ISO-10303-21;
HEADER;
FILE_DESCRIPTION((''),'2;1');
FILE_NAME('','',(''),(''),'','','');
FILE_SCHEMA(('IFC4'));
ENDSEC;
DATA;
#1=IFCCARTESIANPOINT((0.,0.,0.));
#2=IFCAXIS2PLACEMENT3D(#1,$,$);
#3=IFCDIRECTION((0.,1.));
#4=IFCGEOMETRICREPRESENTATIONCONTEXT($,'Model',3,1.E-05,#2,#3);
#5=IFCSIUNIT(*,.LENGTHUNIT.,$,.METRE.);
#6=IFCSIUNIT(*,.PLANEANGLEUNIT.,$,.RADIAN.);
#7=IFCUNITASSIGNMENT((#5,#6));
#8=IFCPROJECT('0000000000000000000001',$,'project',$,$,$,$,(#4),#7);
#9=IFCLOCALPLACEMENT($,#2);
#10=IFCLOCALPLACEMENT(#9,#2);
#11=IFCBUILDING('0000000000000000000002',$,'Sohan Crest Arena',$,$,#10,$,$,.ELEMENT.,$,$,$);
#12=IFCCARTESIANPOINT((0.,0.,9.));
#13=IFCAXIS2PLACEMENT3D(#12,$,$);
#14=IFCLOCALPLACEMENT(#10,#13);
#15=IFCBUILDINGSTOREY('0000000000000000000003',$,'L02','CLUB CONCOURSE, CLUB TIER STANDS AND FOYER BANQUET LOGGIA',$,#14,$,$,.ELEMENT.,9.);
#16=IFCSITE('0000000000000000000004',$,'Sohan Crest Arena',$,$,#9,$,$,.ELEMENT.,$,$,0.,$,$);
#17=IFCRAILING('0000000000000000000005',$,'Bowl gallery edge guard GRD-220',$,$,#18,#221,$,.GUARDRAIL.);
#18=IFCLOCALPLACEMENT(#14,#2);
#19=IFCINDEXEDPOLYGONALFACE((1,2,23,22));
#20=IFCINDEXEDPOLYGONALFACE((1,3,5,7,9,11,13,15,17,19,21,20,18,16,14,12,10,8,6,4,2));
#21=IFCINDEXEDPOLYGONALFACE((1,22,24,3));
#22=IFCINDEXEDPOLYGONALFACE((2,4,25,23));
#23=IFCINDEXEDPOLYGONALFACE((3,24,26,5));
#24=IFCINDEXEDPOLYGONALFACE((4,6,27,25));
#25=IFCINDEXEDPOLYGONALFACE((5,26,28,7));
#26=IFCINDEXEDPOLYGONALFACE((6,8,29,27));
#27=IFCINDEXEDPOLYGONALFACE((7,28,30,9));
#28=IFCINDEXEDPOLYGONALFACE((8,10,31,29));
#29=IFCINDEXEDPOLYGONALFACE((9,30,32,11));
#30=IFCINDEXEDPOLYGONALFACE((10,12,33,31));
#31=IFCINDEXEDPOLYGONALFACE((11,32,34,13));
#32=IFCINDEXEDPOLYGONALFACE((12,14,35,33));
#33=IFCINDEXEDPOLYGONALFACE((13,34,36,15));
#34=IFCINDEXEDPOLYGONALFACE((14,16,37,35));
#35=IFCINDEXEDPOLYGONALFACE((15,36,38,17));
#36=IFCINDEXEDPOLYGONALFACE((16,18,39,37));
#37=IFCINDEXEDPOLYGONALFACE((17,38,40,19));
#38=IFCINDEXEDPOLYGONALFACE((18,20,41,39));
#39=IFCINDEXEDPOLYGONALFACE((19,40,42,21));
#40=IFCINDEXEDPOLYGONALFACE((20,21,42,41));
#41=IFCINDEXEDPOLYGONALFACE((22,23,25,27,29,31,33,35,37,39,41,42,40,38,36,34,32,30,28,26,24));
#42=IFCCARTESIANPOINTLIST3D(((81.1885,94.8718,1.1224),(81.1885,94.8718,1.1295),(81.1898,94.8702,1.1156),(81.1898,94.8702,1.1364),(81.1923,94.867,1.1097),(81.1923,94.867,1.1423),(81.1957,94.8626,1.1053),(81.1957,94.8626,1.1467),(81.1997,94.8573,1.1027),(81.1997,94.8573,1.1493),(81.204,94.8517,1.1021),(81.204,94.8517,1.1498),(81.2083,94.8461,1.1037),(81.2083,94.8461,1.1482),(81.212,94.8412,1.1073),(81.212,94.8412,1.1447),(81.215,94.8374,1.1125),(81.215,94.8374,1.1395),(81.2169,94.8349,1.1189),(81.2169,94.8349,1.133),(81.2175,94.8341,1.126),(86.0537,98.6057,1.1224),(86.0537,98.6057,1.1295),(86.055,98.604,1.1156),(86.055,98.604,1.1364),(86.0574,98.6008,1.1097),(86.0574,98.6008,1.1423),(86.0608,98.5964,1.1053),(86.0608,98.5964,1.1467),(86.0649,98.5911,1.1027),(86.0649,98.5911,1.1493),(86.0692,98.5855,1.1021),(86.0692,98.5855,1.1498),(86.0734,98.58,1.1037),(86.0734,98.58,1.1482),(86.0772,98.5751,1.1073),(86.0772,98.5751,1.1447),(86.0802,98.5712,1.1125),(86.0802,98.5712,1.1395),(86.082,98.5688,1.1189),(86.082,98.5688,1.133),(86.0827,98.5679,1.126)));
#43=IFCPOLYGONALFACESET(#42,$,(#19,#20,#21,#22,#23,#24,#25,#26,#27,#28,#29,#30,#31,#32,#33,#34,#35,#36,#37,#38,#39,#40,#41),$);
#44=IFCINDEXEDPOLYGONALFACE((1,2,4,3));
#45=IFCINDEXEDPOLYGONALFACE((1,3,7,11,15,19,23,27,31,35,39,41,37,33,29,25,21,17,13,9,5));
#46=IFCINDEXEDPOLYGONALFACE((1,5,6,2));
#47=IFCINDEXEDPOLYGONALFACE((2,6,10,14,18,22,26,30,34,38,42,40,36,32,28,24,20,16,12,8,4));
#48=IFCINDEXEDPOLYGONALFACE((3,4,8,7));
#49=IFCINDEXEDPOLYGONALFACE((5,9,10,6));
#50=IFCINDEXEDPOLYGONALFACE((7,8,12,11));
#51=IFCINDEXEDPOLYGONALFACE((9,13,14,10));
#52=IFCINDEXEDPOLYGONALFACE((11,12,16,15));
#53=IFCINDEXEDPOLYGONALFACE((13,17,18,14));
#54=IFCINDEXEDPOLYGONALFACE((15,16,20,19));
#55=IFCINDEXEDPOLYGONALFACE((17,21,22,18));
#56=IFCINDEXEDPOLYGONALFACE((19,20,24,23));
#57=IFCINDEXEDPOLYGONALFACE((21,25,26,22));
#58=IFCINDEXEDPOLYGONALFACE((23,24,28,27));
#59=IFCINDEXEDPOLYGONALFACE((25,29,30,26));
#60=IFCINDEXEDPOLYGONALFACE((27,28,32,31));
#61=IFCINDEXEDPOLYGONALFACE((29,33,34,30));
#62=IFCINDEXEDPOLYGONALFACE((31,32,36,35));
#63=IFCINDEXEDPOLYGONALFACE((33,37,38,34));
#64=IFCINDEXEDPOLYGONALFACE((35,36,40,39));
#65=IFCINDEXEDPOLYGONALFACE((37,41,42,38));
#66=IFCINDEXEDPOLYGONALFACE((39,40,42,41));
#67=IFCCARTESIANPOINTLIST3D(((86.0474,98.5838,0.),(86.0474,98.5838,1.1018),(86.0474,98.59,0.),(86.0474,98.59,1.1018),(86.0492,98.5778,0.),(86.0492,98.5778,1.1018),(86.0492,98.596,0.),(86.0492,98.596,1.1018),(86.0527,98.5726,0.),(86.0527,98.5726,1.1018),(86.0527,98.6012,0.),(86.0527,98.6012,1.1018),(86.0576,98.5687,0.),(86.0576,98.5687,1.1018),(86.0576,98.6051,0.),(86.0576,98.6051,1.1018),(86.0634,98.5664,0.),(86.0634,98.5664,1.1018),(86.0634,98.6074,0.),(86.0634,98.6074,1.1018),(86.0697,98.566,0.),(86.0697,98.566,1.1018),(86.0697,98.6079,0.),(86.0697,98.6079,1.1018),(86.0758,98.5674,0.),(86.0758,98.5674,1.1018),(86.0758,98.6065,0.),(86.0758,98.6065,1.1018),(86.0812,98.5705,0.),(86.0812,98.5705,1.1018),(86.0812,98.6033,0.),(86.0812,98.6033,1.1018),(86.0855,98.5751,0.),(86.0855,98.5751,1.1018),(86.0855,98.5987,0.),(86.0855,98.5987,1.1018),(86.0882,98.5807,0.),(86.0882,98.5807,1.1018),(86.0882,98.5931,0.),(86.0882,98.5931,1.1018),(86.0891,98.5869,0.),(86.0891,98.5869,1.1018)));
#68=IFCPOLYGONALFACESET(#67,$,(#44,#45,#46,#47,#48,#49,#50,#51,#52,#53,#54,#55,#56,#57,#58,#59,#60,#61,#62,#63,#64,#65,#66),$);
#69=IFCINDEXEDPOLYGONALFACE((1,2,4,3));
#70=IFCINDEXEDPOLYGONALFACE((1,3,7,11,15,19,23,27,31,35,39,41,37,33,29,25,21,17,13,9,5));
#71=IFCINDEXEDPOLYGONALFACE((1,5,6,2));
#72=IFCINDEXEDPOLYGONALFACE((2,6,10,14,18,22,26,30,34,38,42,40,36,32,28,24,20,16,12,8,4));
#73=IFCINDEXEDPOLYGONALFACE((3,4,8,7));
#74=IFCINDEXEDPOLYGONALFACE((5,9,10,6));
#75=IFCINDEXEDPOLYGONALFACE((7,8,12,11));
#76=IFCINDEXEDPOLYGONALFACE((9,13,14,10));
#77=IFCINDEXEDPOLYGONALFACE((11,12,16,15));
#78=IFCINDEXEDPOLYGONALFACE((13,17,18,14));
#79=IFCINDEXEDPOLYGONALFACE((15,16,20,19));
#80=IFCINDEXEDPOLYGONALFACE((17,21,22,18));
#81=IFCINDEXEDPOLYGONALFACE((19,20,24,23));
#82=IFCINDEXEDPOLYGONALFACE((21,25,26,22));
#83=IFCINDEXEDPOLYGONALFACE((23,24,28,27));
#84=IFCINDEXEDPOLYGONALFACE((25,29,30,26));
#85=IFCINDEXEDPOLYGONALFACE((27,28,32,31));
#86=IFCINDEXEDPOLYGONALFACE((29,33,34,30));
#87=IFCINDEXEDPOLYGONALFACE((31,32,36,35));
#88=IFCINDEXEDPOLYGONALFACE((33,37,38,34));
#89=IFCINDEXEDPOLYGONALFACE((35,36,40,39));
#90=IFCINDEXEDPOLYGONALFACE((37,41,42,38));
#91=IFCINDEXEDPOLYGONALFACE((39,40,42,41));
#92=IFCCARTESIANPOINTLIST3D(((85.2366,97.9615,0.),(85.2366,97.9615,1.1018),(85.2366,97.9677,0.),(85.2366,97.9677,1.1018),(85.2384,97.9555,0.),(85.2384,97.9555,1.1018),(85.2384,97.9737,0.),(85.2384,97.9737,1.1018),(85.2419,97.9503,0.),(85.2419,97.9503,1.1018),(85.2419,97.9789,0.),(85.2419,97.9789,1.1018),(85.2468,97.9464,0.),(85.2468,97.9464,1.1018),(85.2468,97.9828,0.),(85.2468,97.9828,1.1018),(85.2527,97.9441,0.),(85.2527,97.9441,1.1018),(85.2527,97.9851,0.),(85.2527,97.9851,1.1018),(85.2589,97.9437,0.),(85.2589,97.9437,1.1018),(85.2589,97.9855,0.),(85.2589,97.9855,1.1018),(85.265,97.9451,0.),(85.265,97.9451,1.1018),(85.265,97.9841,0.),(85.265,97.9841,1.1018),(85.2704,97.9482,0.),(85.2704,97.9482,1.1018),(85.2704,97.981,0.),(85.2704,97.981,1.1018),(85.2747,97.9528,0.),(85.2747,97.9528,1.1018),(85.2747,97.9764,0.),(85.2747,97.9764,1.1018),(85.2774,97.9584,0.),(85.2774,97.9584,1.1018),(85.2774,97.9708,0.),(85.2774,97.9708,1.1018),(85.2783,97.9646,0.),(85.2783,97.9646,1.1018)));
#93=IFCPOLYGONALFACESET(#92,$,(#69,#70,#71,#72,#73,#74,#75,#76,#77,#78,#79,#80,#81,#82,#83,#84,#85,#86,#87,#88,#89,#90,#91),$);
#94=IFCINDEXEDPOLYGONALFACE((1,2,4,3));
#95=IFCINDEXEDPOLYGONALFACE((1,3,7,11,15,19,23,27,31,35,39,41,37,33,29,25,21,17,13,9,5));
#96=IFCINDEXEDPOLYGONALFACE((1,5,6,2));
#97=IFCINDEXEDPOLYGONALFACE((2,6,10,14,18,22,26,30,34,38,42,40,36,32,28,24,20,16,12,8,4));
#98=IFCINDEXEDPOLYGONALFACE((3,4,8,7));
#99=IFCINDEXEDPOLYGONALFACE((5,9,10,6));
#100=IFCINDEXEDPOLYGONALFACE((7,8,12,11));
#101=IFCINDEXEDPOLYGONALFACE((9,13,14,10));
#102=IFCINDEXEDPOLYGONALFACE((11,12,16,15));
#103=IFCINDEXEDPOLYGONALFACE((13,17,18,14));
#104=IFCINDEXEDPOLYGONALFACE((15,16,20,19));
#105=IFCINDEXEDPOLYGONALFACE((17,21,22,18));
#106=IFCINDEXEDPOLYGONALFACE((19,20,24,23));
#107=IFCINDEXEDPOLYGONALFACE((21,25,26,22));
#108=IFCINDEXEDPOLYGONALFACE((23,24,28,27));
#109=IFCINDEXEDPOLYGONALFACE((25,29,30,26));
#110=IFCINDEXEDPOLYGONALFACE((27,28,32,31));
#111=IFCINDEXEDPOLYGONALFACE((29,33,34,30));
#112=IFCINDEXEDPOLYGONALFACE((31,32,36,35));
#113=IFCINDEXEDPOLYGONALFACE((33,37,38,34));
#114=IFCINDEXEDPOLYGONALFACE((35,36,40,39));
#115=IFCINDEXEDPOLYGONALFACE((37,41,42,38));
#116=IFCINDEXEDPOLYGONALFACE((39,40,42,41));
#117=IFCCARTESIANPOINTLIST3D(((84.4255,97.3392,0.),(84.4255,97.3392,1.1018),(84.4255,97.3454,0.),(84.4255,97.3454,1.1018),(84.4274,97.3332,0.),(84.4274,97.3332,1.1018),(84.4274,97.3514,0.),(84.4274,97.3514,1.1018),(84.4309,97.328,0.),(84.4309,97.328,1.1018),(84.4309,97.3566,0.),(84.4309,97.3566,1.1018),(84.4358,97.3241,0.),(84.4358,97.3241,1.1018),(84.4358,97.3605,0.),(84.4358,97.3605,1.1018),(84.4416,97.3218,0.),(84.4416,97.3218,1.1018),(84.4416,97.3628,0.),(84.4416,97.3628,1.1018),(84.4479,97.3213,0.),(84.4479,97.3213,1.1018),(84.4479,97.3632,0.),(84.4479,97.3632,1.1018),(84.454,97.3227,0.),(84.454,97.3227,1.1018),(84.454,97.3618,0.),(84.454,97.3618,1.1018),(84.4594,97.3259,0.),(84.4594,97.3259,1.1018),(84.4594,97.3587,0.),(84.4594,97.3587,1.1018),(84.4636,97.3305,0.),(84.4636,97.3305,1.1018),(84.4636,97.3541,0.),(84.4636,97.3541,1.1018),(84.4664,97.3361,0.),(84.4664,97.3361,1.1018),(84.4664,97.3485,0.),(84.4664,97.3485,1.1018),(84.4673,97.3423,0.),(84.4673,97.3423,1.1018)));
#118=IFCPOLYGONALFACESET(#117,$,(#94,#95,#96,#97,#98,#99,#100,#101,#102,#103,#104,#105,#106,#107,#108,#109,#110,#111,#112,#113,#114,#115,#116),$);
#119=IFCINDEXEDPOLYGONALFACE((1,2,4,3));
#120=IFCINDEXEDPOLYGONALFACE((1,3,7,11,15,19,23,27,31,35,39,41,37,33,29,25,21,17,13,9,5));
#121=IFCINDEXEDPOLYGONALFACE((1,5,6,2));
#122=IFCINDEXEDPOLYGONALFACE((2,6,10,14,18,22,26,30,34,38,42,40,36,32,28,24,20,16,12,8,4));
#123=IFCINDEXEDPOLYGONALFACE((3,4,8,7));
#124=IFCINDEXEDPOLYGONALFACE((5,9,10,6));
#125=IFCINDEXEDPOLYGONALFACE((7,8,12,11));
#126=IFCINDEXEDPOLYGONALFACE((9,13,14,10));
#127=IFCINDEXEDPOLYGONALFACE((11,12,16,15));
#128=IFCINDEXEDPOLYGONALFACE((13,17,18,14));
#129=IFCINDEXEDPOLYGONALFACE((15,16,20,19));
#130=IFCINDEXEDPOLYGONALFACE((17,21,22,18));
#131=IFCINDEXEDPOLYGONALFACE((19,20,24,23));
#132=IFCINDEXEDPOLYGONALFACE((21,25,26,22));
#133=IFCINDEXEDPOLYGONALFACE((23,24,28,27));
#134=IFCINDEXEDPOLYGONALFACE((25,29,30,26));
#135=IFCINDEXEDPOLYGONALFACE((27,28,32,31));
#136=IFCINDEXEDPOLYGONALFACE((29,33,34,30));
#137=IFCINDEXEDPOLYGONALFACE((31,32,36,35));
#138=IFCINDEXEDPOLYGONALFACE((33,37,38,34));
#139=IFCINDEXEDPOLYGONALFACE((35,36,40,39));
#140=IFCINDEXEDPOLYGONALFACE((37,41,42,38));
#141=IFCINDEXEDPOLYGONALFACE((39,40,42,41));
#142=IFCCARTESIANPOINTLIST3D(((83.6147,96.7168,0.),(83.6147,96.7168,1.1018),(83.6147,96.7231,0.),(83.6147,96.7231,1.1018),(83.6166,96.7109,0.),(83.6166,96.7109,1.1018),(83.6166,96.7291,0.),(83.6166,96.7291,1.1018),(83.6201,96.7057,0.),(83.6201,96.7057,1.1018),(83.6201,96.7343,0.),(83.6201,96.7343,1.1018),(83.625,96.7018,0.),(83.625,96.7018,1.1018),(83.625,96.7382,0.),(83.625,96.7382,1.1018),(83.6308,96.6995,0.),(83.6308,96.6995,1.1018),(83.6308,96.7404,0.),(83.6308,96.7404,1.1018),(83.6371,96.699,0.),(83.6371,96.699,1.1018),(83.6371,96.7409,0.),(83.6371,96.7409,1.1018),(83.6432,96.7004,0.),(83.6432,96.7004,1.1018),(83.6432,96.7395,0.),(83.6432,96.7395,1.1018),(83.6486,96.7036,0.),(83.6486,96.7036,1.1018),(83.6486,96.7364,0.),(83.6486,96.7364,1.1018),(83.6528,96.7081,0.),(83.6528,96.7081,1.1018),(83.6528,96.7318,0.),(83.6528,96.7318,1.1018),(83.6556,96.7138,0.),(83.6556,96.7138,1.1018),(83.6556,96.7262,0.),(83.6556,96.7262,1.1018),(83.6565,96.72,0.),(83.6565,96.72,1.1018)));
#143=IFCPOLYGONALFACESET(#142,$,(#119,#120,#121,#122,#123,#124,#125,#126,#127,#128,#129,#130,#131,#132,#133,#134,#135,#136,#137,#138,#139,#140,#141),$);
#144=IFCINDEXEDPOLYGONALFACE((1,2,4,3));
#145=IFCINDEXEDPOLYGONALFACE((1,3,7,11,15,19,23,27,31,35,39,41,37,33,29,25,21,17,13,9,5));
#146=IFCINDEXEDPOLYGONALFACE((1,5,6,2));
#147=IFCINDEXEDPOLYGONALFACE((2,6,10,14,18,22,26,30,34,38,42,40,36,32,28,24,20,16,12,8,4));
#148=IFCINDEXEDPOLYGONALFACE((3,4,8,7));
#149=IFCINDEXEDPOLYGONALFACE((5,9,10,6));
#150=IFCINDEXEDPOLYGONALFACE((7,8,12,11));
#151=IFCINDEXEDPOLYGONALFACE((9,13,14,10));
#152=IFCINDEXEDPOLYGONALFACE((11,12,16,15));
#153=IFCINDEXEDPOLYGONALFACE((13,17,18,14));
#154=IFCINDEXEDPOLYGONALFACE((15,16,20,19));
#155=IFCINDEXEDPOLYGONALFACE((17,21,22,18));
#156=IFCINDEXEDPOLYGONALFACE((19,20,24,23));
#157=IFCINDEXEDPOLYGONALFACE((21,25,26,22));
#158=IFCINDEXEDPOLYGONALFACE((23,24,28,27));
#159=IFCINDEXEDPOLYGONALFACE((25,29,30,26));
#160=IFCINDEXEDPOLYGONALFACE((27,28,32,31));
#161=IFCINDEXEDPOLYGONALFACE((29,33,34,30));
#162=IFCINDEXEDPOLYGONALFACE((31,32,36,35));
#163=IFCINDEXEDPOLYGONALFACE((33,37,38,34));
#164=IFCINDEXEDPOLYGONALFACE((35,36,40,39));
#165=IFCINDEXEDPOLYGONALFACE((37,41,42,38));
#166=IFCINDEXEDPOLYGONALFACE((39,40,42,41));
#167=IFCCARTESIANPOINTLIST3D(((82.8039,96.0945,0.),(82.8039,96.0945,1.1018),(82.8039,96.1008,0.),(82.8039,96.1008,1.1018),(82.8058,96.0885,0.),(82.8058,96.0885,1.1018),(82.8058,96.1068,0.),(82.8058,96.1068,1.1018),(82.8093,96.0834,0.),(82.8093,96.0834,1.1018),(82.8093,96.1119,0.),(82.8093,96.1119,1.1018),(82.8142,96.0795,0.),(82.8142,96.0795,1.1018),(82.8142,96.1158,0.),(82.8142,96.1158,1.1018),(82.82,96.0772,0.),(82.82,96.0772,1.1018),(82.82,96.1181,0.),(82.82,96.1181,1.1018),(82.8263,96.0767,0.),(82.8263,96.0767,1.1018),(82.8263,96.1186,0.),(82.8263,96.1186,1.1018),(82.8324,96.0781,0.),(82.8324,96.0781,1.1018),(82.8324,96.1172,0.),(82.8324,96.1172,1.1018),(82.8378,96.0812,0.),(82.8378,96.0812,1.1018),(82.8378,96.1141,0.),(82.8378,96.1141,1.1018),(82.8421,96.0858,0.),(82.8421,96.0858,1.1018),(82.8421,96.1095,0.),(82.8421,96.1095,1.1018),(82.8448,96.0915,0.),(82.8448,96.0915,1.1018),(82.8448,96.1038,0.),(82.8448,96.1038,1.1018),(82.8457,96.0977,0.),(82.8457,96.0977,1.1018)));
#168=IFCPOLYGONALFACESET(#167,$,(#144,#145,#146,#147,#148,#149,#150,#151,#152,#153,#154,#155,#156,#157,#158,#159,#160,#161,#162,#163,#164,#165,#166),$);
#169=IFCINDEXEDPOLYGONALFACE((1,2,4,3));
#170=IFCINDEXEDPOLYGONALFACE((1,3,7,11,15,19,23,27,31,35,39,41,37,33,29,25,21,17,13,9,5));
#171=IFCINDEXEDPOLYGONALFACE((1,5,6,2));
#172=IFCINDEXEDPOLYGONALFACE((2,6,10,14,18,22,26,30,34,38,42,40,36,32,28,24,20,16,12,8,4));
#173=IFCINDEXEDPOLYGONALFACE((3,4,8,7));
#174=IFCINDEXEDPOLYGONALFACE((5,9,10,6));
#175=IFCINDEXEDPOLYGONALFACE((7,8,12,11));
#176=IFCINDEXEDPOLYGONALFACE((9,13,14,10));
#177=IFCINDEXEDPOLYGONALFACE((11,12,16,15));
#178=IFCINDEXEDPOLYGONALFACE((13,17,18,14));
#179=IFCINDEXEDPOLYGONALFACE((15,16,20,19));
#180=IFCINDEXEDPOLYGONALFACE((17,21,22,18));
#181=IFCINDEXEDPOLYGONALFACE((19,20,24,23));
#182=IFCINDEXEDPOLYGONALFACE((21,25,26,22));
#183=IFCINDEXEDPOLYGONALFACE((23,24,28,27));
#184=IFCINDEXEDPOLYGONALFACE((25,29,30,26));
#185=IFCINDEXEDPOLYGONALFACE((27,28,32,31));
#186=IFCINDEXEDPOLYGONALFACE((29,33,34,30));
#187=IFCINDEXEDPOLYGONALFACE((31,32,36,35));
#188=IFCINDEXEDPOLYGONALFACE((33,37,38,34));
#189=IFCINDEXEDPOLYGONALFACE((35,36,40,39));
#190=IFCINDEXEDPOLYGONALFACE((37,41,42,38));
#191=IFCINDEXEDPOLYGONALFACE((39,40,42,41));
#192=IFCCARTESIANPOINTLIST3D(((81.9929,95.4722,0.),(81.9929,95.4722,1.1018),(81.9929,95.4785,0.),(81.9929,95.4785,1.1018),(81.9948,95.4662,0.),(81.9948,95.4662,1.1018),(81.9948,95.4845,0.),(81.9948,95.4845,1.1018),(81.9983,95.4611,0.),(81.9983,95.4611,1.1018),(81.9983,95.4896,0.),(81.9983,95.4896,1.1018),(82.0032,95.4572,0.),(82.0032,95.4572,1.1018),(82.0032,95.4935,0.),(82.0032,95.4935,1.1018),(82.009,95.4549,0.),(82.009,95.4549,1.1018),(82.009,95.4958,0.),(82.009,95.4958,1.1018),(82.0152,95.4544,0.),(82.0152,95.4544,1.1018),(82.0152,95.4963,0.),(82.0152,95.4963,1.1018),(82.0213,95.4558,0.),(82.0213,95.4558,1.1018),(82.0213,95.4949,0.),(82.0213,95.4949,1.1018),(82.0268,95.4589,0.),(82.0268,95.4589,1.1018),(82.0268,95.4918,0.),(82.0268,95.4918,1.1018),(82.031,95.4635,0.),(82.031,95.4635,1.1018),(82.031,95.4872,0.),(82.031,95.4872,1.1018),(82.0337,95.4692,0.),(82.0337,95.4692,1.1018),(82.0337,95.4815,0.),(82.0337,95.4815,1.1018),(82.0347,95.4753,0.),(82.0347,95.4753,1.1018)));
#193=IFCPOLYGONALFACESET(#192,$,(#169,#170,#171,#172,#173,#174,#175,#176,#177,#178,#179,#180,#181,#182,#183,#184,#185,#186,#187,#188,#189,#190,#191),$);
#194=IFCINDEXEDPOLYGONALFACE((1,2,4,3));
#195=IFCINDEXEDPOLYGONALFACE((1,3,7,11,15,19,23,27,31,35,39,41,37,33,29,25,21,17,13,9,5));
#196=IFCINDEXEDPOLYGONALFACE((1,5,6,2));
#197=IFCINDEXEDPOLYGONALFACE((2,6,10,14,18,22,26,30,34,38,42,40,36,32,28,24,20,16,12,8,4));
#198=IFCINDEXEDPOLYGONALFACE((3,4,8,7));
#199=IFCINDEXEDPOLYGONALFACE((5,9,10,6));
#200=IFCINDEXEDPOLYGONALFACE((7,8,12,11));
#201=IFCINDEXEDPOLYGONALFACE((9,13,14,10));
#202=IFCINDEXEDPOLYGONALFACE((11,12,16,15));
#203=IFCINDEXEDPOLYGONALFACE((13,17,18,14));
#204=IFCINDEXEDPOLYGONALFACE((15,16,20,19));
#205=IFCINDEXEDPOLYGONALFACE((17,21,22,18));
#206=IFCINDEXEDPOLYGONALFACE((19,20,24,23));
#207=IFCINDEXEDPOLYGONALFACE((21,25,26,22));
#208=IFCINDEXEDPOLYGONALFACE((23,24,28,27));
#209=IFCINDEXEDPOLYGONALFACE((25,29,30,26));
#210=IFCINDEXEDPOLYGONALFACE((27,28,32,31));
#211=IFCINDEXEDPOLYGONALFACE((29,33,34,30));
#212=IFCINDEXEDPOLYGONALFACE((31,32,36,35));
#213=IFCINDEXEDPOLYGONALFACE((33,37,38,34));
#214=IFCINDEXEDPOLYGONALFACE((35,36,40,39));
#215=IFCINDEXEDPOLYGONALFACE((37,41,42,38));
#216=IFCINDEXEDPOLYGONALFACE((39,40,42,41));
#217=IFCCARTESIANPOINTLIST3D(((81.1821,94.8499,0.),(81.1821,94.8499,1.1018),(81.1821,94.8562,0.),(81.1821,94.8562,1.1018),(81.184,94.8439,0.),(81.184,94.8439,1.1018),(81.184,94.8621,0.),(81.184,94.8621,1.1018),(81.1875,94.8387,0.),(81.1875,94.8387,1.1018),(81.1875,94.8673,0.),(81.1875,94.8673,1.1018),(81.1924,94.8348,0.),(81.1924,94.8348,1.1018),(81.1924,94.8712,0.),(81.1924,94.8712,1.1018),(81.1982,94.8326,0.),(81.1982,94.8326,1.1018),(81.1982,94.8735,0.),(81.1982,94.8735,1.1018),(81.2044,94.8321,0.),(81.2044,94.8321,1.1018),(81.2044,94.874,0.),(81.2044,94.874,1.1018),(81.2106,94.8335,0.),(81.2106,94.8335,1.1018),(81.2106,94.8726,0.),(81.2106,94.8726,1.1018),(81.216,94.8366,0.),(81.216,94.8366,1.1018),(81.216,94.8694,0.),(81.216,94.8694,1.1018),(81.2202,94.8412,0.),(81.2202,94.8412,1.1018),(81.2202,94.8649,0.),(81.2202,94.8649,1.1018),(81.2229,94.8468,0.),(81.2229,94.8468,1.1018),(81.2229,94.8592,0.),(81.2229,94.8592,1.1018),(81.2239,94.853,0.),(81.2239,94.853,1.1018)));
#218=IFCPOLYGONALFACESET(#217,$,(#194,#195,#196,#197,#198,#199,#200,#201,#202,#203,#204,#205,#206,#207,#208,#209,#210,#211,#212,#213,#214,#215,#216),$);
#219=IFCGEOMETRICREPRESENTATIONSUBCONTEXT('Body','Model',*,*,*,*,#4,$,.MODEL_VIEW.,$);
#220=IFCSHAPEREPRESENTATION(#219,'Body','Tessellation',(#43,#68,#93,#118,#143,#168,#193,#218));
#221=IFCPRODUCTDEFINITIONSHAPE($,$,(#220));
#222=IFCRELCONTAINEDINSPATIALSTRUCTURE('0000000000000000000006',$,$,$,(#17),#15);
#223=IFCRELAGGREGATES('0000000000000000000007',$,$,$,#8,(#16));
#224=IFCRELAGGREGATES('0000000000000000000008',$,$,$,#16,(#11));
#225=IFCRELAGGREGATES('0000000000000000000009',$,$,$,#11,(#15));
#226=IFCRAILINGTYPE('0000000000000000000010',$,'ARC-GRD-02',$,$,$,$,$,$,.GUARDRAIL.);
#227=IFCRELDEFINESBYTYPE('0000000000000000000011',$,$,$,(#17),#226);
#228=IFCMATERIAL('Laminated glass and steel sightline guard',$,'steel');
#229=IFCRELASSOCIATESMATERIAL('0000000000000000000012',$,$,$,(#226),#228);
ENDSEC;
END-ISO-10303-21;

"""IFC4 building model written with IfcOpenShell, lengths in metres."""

from ifc_helpers import new_model, si_unit, direction, frame, origin, origin_2d, place, context, subcontext, project, spatial, circle, extrude, material, type_object, element, save


model = new_model("IFC4")

# Units and contexts
model_context = context("Model", 3, precision=1e-05, world=origin(), true_north=direction((0.0, 1.0)))
body_context = subcontext(model_context, "Body", "Model", "MODEL_VIEW")
ifc_project = project(units=[si_unit("LENGTHUNIT", "METRE"), si_unit("PLANEANGLEUNIT", "RADIAN")], contexts=[model_context])

# Site, building, storey
site_placement = place(None, origin())
site = spatial("IfcSite", under=ifc_project, at=site_placement, Name="Sohan Crest Arena", CompositionType="ELEMENT", RefElevation=0.0)
building_placement = place(site_placement, origin())
building = spatial("IfcBuilding", under=site, at=building_placement, Name="Sohan Crest Arena", CompositionType="ELEMENT")
storey_placement = place(building_placement, frame((0.0, 0.0, 9.0)))
storey = spatial("IfcBuildingStorey", under=building, at=storey_placement, Name="L02", Description="CLUB CONCOURSE, CLUB TIER STANDS AND FOYER BANQUET LOGGIA", CompositionType="ELEMENT", Elevation=9.0)

# Railing
ifc_material_1 = material(Name="Laminated glass and steel sightline guard", Category="steel")
railing_type = type_object("IfcRailingType", Name="ARC-GRD-02", PredefinedType="GUARDRAIL", material=ifc_material_1)
railing_1_placement = place(storey_placement, frame((86.0681, 98.5869, 0.0)))
element("IfcRailing", 1, at=railing_1_placement, inside=storey, type_object=railing_type, Name="Bowl gallery edge guard GRD-220", PredefinedType="GUARDRAIL", context=body_context, shape_type="SweptSolid", body=[
    extrude(circle(Radius=0.0239, at=origin_2d()), frame((0.0, 0.0, 1.126), z_axis=(-0.793301, -0.608829, 0.0), x_axis=(0.608829, -0.793301, 0.0)), (0.0, 0.0, 1.0), 6.1328),
    extrude(circle(Radius=0.021, at=origin_2d()), origin(), (0.0, 0.0, 1.0), 1.1018),
    extrude(circle(Radius=0.021, at=origin_2d()), frame((-0.8108, -0.6223, 0.0)), (0.0, 0.0, 1.0), 1.1018),
    extrude(circle(Radius=0.021, at=origin_2d()), frame((-1.6218, -1.2446, 0.0)), (0.0, 0.0, 1.0), 1.1018),
    extrude(circle(Radius=0.021, at=origin_2d()), frame((-2.4326, -1.8669, 0.0)), (0.0, 0.0, 1.0), 1.1018),
    extrude(circle(Radius=0.021, at=origin_2d()), frame((-3.2434, -2.4893, 0.0)), (0.0, 0.0, 1.0), 1.1018),
    extrude(circle(Radius=0.021, at=origin_2d()), frame((-4.0544, -3.1116, 0.0)), (0.0, 0.0, 1.0), 1.1018),
    extrude(circle(Radius=0.021, at=origin_2d()), frame((-4.8652, -3.7339, 0.0)), (0.0, 0.0, 1.0), 1.1018),
])

save(model, "model.ifc")
